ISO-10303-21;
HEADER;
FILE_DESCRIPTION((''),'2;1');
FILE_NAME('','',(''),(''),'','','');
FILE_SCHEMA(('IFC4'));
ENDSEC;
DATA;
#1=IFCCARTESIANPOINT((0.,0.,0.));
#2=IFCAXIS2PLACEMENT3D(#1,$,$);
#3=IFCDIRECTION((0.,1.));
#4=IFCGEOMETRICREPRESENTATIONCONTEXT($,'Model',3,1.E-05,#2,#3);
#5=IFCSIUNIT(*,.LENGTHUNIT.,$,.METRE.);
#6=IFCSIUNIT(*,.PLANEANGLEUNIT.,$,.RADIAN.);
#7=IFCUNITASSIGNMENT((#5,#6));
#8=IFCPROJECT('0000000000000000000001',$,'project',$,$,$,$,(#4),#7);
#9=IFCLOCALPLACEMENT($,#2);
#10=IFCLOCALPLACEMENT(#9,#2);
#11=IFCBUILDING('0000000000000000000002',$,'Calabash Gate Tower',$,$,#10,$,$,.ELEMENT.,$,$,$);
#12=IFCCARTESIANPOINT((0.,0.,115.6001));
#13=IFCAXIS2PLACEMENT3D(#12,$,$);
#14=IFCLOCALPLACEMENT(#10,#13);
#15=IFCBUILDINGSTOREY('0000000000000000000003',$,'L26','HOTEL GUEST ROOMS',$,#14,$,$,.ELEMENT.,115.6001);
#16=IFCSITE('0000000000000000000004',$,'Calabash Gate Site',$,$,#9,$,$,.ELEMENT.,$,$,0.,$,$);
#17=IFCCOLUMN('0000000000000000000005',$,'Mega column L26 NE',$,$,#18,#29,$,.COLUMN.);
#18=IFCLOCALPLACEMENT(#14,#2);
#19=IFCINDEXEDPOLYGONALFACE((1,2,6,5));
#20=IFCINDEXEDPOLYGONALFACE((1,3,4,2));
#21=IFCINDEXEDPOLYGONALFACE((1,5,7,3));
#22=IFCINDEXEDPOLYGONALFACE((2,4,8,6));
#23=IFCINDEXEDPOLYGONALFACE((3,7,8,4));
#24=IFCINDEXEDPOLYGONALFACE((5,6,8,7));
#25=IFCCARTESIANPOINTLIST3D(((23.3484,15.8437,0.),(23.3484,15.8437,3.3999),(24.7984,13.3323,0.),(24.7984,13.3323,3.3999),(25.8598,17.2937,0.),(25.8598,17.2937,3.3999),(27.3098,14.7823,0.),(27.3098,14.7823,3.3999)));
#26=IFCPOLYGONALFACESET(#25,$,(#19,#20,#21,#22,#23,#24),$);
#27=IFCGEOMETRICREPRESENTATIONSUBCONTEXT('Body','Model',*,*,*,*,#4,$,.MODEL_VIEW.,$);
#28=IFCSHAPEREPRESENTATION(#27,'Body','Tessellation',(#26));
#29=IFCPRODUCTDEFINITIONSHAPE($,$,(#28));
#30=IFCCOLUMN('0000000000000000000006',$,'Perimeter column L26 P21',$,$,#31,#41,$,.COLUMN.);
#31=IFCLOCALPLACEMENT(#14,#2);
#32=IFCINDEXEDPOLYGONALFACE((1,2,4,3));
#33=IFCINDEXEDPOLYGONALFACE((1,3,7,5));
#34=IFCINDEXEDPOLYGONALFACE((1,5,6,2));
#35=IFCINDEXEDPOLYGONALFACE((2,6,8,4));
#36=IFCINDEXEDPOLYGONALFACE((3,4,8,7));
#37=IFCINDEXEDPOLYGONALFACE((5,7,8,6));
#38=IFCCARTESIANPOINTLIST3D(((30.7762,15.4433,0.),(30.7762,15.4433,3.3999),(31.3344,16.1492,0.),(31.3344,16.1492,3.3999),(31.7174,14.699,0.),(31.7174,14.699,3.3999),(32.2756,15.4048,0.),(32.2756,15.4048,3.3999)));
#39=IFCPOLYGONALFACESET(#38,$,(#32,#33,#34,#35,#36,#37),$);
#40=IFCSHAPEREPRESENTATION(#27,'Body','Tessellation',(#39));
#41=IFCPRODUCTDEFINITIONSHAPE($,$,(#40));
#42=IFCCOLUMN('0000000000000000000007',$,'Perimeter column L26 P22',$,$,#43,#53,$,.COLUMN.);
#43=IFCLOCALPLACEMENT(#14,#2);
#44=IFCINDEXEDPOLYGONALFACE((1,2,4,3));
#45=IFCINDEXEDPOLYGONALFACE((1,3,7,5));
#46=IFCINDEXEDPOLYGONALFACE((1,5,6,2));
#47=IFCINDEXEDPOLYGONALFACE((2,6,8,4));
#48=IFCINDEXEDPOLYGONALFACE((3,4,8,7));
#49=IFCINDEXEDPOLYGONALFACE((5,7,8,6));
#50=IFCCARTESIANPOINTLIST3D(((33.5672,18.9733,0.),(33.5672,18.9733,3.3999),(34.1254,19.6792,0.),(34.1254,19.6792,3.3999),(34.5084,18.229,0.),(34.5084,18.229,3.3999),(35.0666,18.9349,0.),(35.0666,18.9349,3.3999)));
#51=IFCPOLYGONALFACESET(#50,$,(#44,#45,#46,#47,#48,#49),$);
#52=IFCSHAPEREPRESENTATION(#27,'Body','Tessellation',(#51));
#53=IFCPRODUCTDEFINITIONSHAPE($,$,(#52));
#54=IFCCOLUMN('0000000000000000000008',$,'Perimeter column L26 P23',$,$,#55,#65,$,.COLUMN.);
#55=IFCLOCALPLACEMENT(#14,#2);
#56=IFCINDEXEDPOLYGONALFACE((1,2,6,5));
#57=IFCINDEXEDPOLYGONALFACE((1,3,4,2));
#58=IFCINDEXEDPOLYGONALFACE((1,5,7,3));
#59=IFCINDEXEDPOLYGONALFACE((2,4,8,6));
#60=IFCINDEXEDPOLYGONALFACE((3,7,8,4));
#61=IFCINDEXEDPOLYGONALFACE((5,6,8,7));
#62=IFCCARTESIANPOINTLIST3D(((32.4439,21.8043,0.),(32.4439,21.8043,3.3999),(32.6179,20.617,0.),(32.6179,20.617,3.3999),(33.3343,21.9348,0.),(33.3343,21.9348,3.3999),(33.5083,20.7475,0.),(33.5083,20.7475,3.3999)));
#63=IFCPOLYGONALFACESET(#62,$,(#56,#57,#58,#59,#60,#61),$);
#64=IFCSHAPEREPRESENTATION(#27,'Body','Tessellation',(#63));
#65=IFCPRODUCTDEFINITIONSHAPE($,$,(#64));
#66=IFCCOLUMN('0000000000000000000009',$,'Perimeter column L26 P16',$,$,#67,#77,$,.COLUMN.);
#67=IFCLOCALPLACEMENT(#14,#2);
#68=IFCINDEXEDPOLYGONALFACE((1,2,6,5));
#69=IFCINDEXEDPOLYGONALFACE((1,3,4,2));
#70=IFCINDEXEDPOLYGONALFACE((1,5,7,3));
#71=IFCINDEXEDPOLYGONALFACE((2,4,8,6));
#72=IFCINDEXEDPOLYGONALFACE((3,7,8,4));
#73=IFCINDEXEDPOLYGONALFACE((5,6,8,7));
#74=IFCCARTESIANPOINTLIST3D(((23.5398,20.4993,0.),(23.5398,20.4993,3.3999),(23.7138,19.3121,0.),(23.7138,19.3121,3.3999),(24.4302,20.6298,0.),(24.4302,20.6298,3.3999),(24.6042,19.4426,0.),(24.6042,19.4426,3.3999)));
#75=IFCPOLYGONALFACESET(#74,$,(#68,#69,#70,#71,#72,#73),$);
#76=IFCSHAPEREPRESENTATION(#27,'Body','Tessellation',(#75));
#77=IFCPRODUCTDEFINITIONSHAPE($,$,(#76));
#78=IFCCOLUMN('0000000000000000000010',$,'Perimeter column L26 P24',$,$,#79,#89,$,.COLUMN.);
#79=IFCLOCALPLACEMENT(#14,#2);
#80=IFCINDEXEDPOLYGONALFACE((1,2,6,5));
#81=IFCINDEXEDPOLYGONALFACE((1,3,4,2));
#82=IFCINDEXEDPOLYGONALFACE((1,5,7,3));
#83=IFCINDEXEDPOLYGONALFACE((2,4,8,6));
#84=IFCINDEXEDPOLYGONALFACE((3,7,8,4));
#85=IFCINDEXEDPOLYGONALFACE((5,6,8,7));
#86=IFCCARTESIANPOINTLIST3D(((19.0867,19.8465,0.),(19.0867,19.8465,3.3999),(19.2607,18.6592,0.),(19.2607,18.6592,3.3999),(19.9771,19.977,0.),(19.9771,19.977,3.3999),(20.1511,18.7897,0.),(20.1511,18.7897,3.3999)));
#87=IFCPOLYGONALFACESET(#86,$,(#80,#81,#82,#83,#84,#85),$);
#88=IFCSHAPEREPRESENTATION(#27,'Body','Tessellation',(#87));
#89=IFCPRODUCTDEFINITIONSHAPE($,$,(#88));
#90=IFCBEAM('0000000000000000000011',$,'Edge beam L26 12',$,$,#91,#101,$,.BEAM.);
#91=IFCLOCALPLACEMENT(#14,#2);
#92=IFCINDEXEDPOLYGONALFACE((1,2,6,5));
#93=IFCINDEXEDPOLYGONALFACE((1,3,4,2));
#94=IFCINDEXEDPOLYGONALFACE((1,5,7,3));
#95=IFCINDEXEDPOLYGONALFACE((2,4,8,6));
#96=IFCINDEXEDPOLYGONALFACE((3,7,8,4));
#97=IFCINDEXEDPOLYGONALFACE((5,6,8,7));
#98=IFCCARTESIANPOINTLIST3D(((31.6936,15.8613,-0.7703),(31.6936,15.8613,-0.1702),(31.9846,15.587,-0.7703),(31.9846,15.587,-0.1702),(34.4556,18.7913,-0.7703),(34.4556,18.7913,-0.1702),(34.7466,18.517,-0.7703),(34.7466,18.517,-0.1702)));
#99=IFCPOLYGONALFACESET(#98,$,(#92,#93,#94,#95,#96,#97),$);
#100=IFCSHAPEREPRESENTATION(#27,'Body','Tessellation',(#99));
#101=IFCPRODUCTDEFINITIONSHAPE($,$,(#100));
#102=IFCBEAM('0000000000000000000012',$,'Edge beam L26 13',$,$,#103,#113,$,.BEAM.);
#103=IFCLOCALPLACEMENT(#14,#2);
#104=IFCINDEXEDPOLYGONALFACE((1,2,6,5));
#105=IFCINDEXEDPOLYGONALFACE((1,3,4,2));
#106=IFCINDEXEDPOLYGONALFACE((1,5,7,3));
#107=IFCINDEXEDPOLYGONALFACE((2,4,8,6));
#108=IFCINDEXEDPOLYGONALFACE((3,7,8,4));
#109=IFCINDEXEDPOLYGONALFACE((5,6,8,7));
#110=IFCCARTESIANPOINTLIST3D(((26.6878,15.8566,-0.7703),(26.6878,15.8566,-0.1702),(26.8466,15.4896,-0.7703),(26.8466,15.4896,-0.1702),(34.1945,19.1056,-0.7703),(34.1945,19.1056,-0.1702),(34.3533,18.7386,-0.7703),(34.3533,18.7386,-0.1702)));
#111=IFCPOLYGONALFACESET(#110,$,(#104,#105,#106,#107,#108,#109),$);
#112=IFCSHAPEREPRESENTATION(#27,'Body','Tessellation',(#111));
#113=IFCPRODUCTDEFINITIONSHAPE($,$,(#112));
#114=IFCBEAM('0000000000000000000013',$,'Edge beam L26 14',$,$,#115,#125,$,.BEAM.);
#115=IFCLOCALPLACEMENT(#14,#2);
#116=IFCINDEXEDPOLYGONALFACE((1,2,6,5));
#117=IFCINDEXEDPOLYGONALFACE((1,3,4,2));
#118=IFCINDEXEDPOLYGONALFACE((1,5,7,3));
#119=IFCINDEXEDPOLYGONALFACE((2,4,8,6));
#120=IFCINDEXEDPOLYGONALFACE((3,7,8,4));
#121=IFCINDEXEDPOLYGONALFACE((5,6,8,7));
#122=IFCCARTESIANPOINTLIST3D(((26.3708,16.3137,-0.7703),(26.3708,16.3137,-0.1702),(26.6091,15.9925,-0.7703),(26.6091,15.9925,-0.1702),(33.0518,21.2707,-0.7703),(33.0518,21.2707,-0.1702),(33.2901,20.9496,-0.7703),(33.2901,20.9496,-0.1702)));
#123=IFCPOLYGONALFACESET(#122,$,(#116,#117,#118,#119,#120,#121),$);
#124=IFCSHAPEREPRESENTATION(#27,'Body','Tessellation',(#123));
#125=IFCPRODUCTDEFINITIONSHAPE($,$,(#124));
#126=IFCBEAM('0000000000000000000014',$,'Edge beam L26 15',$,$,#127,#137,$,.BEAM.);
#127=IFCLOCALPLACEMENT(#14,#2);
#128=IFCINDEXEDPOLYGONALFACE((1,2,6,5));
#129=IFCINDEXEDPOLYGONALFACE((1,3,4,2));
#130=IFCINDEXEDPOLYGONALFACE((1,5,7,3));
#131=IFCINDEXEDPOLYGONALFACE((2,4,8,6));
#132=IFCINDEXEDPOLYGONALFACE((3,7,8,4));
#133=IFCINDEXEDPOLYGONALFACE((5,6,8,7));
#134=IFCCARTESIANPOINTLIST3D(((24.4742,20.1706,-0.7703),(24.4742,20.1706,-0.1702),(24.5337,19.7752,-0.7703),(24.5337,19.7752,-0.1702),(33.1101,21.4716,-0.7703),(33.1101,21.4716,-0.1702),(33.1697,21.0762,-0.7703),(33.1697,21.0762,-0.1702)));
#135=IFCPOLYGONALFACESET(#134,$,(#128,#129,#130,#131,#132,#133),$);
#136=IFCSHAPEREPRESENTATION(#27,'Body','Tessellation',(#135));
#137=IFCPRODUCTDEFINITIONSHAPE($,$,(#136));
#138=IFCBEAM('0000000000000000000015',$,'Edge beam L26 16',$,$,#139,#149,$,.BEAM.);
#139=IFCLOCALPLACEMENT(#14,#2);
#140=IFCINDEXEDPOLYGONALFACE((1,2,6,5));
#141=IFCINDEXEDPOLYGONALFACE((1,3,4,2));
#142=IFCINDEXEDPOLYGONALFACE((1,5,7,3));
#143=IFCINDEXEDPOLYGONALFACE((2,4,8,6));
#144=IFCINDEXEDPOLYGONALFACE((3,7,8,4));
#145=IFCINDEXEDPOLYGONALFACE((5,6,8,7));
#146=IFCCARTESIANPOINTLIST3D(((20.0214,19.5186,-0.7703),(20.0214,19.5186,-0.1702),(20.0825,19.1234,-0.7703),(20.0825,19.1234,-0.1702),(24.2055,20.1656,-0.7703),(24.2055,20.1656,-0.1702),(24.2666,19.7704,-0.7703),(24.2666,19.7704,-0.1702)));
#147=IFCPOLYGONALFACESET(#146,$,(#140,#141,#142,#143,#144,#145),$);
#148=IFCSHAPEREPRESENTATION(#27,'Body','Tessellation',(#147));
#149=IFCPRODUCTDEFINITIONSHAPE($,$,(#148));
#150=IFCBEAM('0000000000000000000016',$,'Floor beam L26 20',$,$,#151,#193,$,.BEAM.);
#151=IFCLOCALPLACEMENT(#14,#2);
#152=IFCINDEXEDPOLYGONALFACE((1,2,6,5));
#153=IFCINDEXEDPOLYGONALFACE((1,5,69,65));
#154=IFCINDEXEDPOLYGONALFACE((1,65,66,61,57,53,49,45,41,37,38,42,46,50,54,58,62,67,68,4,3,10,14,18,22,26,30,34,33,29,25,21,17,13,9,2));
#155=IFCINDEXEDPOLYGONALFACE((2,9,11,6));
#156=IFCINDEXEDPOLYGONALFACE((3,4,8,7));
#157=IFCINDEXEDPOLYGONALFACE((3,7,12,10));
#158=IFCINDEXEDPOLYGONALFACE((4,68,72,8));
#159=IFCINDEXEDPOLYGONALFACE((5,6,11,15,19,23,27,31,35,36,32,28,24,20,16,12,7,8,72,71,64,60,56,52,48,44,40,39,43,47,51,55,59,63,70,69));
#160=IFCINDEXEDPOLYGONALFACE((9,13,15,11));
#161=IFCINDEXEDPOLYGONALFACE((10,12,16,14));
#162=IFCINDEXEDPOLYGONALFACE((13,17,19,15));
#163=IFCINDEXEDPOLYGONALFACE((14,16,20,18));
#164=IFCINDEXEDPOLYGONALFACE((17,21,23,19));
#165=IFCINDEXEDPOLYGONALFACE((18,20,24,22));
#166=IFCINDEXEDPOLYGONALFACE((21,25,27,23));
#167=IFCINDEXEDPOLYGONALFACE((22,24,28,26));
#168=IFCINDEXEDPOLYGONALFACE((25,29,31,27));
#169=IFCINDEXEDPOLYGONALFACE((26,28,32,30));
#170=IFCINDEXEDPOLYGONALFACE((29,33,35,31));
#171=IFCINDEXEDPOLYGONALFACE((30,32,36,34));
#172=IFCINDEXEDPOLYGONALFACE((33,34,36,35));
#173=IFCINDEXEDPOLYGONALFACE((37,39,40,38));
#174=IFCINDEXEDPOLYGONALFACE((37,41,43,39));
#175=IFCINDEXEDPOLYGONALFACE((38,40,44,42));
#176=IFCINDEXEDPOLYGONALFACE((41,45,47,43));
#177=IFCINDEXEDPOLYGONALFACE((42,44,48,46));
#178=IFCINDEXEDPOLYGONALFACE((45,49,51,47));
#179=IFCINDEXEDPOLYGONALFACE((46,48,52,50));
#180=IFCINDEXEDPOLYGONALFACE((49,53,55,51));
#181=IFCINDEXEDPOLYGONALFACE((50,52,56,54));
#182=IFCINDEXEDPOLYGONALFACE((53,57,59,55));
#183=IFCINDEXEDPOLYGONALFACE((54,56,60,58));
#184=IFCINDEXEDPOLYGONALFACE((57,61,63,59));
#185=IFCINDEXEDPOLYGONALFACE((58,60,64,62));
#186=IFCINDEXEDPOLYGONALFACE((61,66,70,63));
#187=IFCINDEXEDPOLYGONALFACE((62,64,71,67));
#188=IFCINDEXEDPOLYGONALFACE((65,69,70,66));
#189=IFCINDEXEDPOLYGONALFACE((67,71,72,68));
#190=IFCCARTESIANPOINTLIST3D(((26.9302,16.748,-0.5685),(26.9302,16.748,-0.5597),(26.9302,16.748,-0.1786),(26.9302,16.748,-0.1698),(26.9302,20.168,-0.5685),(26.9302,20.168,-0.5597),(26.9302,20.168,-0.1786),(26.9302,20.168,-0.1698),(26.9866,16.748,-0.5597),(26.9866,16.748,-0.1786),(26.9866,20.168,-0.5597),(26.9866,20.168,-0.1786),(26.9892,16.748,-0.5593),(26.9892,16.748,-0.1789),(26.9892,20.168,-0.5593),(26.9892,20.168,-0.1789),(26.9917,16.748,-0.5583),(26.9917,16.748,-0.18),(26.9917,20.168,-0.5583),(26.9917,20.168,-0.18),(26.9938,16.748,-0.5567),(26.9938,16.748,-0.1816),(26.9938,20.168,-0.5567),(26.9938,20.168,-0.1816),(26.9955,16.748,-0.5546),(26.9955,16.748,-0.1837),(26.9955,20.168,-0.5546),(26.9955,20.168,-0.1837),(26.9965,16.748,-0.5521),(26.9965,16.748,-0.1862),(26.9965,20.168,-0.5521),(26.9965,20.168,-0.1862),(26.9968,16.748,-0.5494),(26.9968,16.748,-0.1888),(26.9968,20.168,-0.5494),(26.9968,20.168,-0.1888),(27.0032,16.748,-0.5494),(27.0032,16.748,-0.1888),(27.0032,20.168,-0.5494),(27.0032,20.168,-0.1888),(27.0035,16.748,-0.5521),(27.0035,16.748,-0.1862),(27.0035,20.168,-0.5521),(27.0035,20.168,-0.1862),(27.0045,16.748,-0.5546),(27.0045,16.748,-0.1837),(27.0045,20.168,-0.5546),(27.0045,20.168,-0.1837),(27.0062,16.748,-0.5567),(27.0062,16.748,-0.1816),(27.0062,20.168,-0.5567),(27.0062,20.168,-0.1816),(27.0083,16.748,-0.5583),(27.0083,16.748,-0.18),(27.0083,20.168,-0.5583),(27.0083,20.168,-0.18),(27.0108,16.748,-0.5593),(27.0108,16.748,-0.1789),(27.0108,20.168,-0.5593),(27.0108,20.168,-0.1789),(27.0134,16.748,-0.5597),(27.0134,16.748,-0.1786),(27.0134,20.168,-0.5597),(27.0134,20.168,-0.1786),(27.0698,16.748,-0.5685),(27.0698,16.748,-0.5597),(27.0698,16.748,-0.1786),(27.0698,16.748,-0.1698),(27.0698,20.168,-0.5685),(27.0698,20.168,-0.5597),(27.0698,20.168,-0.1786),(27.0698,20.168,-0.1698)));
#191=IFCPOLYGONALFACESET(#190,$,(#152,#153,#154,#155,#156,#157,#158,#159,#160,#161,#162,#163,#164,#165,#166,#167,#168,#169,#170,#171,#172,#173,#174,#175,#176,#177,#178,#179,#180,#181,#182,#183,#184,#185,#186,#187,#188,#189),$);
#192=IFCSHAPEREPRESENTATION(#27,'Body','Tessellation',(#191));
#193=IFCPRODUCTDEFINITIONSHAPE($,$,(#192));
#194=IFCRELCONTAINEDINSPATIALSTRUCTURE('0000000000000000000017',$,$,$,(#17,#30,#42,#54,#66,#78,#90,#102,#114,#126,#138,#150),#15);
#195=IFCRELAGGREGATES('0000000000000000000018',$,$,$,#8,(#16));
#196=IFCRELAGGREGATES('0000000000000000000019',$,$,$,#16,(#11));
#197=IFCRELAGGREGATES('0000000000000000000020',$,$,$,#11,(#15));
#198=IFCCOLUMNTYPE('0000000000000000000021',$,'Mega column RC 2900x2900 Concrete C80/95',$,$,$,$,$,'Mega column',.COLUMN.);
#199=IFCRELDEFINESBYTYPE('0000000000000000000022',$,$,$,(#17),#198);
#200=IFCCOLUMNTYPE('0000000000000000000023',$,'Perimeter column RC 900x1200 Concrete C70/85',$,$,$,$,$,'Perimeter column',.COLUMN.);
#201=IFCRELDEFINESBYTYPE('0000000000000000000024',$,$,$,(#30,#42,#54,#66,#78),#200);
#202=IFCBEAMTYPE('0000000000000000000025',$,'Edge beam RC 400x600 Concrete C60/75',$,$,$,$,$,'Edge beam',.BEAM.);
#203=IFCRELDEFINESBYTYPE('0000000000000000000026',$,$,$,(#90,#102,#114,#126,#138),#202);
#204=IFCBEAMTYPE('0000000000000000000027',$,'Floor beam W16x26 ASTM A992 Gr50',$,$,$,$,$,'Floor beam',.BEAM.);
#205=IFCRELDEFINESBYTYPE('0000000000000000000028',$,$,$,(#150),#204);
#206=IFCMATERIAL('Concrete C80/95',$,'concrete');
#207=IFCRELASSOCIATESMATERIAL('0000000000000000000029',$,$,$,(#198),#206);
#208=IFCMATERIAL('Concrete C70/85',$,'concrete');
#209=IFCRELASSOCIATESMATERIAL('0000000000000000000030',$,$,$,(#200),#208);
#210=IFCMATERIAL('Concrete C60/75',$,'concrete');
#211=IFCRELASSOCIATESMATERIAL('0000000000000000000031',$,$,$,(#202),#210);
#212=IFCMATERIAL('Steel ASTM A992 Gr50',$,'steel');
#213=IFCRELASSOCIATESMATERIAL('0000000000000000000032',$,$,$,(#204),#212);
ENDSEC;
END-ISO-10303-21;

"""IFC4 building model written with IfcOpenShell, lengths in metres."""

from ifc_helpers import new_model, si_unit, direction, frame, origin, origin_2d, place, context, subcontext, project, spatial, rectangle, i_section, extrude, material, material_profile, profile_set, type_object, element, save


model = new_model("IFC4")

# Units and contexts
model_context = context("Model", 3, precision=1e-05, world=origin(), true_north=direction((0.0, 1.0)))
body_context = subcontext(model_context, "Body", "Model", "MODEL_VIEW")
ifc_project = project(units=[si_unit("LENGTHUNIT", "METRE"), si_unit("PLANEANGLEUNIT", "RADIAN")], contexts=[model_context])

# Site, building, storey
site_placement = place(None, origin())
site = spatial("IfcSite", under=ifc_project, at=site_placement, Name="Calabash Gate Site", CompositionType="ELEMENT", RefElevation=0.0)
building_placement = place(site_placement, origin())
building = spatial("IfcBuilding", under=site, at=building_placement, Name="Calabash Gate Tower", CompositionType="ELEMENT")
storey_placement = place(building_placement, frame((0.0, 0.0, 115.6001)))
storey = spatial("IfcBuildingStorey", under=building, at=storey_placement, Name="L26", Description="HOTEL GUEST ROOMS", CompositionType="ELEMENT", Elevation=115.6001)

# Columns
ifc_material_1 = material(Name="Concrete C80/95", Category="concrete")
ifc_material_profile_1 = material_profile(ifc_material_1, rectangle(XDim=2.8999, YDim=2.8999, at=origin_2d()))
ifc_profile_set_1 = profile_set([ifc_material_profile_1], Name="Concrete C80/95")
column_type_1 = type_object("IfcColumnType", Name="Mega column RC 2900x2900 Concrete C80/95", ElementType="Mega column", PredefinedType="COLUMN", material=ifc_profile_set_1)
column_placement = place(storey_placement, frame((25.3291, 15.313, 0.0), z_axis=(0.0, 0.0, 1.0), x_axis=(-0.866025, -0.5, 0.0)))
element("IfcColumn", 1, at=column_placement, inside=storey, type_object=column_type_1, Name="Mega column L26 NE", PredefinedType="COLUMN", context=body_context, shape_type="SweptSolid", body=[
    extrude(rectangle(XDim=2.8999, YDim=2.8999, at=origin_2d()), origin(), (0.0, 0.0, 1.0), 3.3999),
])
ifc_material_2 = material(Name="Concrete C70/85", Category="concrete")
ifc_material_profile_2 = material_profile(ifc_material_2, rectangle(XDim=0.8999, YDim=1.2, at=origin_2d()))
ifc_profile_set_2 = profile_set([ifc_material_profile_2], Name="Concrete C70/85")
column_type_2 = type_object("IfcColumnType", Name="Perimeter column RC 900x1200 Concrete C70/85", ElementType="Perimeter column", PredefinedType="COLUMN", material=ifc_profile_set_2)
for number, where, z_axis, x_axis, name in (
    (2, (31.5259, 15.4241, 0.0), (0.0, 0.0, 1.0), (0.620301, 0.784364, 0.0), "Perimeter column L26 P21"),
    (3, (34.3169, 18.9541, 0.0), (0.0, 0.0, 1.0), (0.620301, 0.784364, 0.0), "Perimeter column L26 P22"),
    (4, (32.9761, 21.2759, 0.0), (0.0, 0.0, 1.0), (-0.98943, -0.145015, 0.0), "Perimeter column L26 P23"),
    (5, (24.072, 19.9709, 0.0), (0.0, 0.0, 1.0), (-0.98943, -0.145015, 0.0), "Perimeter column L26 P16"),
    (6, (19.6189, 19.3181, 0.0), (0.0, 0.0, 1.0), (-0.98943, -0.145015, 0.0), "Perimeter column L26 P24"),
):
    element("IfcColumn", number, at=place(storey_placement, frame(where, z_axis=z_axis, x_axis=x_axis)), inside=storey, type_object=column_type_2, Name=name, PredefinedType="COLUMN", context=body_context, shape_type="SweptSolid", body=[
        extrude(rectangle(XDim=0.8999, YDim=1.2, at=origin_2d()), origin(), (0.0, 0.0, 1.0), 3.3999),
    ])

# Beams
ifc_material_3 = material(Name="Concrete C60/75", Category="concrete")
ifc_material_profile_3 = material_profile(ifc_material_3, rectangle(XDim=0.3999, YDim=0.6001, at=origin_2d()))
ifc_profile_set_3 = profile_set([ifc_material_profile_3], Name="Concrete C60/75")
beam_type_1 = type_object("IfcBeamType", Name="Edge beam RC 400x600 Concrete C60/75", ElementType="Edge beam", PredefinedType="BEAM", material=ifc_profile_set_3)
beam_1_placement = place(storey_placement, frame((31.8391, 15.7241, -0.4702), z_axis=(0.685941, 0.727657, 0.0), x_axis=(-0.727657, 0.685941, 0.0)))
element("IfcBeam", 7, at=beam_1_placement, inside=storey, type_object=beam_type_1, Name="Edge beam L26 12", PredefinedType="BEAM", context=body_context, shape_type="SweptSolid", body=[
    extrude(rectangle(XDim=0.3999, YDim=0.6001, at=origin_2d()), origin(), (0.0, 0.0, 1.0), 4.0266),
])
beam_2_placement = place(storey_placement, frame((34.2739, 18.9221, -0.4702), z_axis=(-0.917731, -0.397202, 0.0), x_axis=(0.397202, -0.917731, 0.0)))
element("IfcBeam", 8, at=beam_2_placement, inside=storey, type_object=beam_type_1, Name="Edge beam L26 13", PredefinedType="BEAM", context=body_context, shape_type="SweptSolid", body=[
    extrude(rectangle(XDim=0.3999, YDim=0.6001, at=origin_2d()), origin(), (0.0, 0.0, 1.0), 8.1797),
])
beam_3_placement = place(storey_placement, frame((26.49, 16.1531, -0.4702), z_axis=(0.803085, 0.595865, 0.0), x_axis=(-0.595865, 0.803085, 0.0)))
element("IfcBeam", 9, at=beam_3_placement, inside=storey, type_object=beam_type_1, Name="Edge beam L26 14", PredefinedType="BEAM", context=body_context, shape_type="SweptSolid", body=[
    extrude(rectangle(XDim=0.3999, YDim=0.6001, at=origin_2d()), origin(), (0.0, 0.0, 1.0), 8.3191),
])
beam_4_placement = place(storey_placement, frame((33.1399, 21.2739, -0.4702), z_axis=(-0.988842, -0.148971, 0.0), x_axis=(0.148971, -0.988842, 0.0)))
element("IfcBeam", 10, at=beam_4_placement, inside=storey, type_object=beam_type_1, Name="Edge beam L26 15", PredefinedType="BEAM", context=body_context, shape_type="SweptSolid", body=[
    extrude(rectangle(XDim=0.3999, YDim=0.6001, at=origin_2d()), origin(), (0.0, 0.0, 1.0), 8.7334),
])
beam_5_placement = place(storey_placement, frame((24.2361, 19.968, -0.4702), z_axis=(-0.988255, -0.152811, 0.0), x_axis=(0.152811, -0.988255, 0.0)))
element("IfcBeam", 11, at=beam_5_placement, inside=storey, type_object=beam_type_1, Name="Edge beam L26 16", PredefinedType="BEAM", context=body_context, shape_type="SweptSolid", body=[
    extrude(rectangle(XDim=0.3999, YDim=0.6001, at=origin_2d()), origin(), (0.0, 0.0, 1.0), 4.2339),
])
ifc_material_4 = material(Name="Steel ASTM A992 Gr50", Category="steel")
ifc_material_profile_4 = material_profile(ifc_material_4, i_section(OverallWidth=0.1396, OverallDepth=0.3987, WebThickness=0.0063, FlangeThickness=0.0088, FilletRadius=0.0103, at=origin_2d()))
ifc_profile_set_4 = profile_set([ifc_material_profile_4], Name="Steel ASTM A992 Gr50")
beam_type_2 = type_object("IfcBeamType", Name="Floor beam W16x26 ASTM A992 Gr50", ElementType="Floor beam", PredefinedType="BEAM", material=ifc_profile_set_4)
beam_6_placement = place(storey_placement, frame((27.0, 16.748, -0.3691), z_axis=(0.0, 1.0, 0.0), x_axis=(-1.0, 0.0, 0.0)))
element("IfcBeam", 12, at=beam_6_placement, inside=storey, type_object=beam_type_2, Name="Floor beam L26 20", PredefinedType="BEAM", context=body_context, shape_type="SweptSolid", body=[
    extrude(i_section(OverallWidth=0.1396, OverallDepth=0.3987, WebThickness=0.0063, FlangeThickness=0.0088, FilletRadius=0.0103, at=origin_2d()), origin(), (0.0, 0.0, 1.0), 3.4199),
])

save(model, "model.ifc")
